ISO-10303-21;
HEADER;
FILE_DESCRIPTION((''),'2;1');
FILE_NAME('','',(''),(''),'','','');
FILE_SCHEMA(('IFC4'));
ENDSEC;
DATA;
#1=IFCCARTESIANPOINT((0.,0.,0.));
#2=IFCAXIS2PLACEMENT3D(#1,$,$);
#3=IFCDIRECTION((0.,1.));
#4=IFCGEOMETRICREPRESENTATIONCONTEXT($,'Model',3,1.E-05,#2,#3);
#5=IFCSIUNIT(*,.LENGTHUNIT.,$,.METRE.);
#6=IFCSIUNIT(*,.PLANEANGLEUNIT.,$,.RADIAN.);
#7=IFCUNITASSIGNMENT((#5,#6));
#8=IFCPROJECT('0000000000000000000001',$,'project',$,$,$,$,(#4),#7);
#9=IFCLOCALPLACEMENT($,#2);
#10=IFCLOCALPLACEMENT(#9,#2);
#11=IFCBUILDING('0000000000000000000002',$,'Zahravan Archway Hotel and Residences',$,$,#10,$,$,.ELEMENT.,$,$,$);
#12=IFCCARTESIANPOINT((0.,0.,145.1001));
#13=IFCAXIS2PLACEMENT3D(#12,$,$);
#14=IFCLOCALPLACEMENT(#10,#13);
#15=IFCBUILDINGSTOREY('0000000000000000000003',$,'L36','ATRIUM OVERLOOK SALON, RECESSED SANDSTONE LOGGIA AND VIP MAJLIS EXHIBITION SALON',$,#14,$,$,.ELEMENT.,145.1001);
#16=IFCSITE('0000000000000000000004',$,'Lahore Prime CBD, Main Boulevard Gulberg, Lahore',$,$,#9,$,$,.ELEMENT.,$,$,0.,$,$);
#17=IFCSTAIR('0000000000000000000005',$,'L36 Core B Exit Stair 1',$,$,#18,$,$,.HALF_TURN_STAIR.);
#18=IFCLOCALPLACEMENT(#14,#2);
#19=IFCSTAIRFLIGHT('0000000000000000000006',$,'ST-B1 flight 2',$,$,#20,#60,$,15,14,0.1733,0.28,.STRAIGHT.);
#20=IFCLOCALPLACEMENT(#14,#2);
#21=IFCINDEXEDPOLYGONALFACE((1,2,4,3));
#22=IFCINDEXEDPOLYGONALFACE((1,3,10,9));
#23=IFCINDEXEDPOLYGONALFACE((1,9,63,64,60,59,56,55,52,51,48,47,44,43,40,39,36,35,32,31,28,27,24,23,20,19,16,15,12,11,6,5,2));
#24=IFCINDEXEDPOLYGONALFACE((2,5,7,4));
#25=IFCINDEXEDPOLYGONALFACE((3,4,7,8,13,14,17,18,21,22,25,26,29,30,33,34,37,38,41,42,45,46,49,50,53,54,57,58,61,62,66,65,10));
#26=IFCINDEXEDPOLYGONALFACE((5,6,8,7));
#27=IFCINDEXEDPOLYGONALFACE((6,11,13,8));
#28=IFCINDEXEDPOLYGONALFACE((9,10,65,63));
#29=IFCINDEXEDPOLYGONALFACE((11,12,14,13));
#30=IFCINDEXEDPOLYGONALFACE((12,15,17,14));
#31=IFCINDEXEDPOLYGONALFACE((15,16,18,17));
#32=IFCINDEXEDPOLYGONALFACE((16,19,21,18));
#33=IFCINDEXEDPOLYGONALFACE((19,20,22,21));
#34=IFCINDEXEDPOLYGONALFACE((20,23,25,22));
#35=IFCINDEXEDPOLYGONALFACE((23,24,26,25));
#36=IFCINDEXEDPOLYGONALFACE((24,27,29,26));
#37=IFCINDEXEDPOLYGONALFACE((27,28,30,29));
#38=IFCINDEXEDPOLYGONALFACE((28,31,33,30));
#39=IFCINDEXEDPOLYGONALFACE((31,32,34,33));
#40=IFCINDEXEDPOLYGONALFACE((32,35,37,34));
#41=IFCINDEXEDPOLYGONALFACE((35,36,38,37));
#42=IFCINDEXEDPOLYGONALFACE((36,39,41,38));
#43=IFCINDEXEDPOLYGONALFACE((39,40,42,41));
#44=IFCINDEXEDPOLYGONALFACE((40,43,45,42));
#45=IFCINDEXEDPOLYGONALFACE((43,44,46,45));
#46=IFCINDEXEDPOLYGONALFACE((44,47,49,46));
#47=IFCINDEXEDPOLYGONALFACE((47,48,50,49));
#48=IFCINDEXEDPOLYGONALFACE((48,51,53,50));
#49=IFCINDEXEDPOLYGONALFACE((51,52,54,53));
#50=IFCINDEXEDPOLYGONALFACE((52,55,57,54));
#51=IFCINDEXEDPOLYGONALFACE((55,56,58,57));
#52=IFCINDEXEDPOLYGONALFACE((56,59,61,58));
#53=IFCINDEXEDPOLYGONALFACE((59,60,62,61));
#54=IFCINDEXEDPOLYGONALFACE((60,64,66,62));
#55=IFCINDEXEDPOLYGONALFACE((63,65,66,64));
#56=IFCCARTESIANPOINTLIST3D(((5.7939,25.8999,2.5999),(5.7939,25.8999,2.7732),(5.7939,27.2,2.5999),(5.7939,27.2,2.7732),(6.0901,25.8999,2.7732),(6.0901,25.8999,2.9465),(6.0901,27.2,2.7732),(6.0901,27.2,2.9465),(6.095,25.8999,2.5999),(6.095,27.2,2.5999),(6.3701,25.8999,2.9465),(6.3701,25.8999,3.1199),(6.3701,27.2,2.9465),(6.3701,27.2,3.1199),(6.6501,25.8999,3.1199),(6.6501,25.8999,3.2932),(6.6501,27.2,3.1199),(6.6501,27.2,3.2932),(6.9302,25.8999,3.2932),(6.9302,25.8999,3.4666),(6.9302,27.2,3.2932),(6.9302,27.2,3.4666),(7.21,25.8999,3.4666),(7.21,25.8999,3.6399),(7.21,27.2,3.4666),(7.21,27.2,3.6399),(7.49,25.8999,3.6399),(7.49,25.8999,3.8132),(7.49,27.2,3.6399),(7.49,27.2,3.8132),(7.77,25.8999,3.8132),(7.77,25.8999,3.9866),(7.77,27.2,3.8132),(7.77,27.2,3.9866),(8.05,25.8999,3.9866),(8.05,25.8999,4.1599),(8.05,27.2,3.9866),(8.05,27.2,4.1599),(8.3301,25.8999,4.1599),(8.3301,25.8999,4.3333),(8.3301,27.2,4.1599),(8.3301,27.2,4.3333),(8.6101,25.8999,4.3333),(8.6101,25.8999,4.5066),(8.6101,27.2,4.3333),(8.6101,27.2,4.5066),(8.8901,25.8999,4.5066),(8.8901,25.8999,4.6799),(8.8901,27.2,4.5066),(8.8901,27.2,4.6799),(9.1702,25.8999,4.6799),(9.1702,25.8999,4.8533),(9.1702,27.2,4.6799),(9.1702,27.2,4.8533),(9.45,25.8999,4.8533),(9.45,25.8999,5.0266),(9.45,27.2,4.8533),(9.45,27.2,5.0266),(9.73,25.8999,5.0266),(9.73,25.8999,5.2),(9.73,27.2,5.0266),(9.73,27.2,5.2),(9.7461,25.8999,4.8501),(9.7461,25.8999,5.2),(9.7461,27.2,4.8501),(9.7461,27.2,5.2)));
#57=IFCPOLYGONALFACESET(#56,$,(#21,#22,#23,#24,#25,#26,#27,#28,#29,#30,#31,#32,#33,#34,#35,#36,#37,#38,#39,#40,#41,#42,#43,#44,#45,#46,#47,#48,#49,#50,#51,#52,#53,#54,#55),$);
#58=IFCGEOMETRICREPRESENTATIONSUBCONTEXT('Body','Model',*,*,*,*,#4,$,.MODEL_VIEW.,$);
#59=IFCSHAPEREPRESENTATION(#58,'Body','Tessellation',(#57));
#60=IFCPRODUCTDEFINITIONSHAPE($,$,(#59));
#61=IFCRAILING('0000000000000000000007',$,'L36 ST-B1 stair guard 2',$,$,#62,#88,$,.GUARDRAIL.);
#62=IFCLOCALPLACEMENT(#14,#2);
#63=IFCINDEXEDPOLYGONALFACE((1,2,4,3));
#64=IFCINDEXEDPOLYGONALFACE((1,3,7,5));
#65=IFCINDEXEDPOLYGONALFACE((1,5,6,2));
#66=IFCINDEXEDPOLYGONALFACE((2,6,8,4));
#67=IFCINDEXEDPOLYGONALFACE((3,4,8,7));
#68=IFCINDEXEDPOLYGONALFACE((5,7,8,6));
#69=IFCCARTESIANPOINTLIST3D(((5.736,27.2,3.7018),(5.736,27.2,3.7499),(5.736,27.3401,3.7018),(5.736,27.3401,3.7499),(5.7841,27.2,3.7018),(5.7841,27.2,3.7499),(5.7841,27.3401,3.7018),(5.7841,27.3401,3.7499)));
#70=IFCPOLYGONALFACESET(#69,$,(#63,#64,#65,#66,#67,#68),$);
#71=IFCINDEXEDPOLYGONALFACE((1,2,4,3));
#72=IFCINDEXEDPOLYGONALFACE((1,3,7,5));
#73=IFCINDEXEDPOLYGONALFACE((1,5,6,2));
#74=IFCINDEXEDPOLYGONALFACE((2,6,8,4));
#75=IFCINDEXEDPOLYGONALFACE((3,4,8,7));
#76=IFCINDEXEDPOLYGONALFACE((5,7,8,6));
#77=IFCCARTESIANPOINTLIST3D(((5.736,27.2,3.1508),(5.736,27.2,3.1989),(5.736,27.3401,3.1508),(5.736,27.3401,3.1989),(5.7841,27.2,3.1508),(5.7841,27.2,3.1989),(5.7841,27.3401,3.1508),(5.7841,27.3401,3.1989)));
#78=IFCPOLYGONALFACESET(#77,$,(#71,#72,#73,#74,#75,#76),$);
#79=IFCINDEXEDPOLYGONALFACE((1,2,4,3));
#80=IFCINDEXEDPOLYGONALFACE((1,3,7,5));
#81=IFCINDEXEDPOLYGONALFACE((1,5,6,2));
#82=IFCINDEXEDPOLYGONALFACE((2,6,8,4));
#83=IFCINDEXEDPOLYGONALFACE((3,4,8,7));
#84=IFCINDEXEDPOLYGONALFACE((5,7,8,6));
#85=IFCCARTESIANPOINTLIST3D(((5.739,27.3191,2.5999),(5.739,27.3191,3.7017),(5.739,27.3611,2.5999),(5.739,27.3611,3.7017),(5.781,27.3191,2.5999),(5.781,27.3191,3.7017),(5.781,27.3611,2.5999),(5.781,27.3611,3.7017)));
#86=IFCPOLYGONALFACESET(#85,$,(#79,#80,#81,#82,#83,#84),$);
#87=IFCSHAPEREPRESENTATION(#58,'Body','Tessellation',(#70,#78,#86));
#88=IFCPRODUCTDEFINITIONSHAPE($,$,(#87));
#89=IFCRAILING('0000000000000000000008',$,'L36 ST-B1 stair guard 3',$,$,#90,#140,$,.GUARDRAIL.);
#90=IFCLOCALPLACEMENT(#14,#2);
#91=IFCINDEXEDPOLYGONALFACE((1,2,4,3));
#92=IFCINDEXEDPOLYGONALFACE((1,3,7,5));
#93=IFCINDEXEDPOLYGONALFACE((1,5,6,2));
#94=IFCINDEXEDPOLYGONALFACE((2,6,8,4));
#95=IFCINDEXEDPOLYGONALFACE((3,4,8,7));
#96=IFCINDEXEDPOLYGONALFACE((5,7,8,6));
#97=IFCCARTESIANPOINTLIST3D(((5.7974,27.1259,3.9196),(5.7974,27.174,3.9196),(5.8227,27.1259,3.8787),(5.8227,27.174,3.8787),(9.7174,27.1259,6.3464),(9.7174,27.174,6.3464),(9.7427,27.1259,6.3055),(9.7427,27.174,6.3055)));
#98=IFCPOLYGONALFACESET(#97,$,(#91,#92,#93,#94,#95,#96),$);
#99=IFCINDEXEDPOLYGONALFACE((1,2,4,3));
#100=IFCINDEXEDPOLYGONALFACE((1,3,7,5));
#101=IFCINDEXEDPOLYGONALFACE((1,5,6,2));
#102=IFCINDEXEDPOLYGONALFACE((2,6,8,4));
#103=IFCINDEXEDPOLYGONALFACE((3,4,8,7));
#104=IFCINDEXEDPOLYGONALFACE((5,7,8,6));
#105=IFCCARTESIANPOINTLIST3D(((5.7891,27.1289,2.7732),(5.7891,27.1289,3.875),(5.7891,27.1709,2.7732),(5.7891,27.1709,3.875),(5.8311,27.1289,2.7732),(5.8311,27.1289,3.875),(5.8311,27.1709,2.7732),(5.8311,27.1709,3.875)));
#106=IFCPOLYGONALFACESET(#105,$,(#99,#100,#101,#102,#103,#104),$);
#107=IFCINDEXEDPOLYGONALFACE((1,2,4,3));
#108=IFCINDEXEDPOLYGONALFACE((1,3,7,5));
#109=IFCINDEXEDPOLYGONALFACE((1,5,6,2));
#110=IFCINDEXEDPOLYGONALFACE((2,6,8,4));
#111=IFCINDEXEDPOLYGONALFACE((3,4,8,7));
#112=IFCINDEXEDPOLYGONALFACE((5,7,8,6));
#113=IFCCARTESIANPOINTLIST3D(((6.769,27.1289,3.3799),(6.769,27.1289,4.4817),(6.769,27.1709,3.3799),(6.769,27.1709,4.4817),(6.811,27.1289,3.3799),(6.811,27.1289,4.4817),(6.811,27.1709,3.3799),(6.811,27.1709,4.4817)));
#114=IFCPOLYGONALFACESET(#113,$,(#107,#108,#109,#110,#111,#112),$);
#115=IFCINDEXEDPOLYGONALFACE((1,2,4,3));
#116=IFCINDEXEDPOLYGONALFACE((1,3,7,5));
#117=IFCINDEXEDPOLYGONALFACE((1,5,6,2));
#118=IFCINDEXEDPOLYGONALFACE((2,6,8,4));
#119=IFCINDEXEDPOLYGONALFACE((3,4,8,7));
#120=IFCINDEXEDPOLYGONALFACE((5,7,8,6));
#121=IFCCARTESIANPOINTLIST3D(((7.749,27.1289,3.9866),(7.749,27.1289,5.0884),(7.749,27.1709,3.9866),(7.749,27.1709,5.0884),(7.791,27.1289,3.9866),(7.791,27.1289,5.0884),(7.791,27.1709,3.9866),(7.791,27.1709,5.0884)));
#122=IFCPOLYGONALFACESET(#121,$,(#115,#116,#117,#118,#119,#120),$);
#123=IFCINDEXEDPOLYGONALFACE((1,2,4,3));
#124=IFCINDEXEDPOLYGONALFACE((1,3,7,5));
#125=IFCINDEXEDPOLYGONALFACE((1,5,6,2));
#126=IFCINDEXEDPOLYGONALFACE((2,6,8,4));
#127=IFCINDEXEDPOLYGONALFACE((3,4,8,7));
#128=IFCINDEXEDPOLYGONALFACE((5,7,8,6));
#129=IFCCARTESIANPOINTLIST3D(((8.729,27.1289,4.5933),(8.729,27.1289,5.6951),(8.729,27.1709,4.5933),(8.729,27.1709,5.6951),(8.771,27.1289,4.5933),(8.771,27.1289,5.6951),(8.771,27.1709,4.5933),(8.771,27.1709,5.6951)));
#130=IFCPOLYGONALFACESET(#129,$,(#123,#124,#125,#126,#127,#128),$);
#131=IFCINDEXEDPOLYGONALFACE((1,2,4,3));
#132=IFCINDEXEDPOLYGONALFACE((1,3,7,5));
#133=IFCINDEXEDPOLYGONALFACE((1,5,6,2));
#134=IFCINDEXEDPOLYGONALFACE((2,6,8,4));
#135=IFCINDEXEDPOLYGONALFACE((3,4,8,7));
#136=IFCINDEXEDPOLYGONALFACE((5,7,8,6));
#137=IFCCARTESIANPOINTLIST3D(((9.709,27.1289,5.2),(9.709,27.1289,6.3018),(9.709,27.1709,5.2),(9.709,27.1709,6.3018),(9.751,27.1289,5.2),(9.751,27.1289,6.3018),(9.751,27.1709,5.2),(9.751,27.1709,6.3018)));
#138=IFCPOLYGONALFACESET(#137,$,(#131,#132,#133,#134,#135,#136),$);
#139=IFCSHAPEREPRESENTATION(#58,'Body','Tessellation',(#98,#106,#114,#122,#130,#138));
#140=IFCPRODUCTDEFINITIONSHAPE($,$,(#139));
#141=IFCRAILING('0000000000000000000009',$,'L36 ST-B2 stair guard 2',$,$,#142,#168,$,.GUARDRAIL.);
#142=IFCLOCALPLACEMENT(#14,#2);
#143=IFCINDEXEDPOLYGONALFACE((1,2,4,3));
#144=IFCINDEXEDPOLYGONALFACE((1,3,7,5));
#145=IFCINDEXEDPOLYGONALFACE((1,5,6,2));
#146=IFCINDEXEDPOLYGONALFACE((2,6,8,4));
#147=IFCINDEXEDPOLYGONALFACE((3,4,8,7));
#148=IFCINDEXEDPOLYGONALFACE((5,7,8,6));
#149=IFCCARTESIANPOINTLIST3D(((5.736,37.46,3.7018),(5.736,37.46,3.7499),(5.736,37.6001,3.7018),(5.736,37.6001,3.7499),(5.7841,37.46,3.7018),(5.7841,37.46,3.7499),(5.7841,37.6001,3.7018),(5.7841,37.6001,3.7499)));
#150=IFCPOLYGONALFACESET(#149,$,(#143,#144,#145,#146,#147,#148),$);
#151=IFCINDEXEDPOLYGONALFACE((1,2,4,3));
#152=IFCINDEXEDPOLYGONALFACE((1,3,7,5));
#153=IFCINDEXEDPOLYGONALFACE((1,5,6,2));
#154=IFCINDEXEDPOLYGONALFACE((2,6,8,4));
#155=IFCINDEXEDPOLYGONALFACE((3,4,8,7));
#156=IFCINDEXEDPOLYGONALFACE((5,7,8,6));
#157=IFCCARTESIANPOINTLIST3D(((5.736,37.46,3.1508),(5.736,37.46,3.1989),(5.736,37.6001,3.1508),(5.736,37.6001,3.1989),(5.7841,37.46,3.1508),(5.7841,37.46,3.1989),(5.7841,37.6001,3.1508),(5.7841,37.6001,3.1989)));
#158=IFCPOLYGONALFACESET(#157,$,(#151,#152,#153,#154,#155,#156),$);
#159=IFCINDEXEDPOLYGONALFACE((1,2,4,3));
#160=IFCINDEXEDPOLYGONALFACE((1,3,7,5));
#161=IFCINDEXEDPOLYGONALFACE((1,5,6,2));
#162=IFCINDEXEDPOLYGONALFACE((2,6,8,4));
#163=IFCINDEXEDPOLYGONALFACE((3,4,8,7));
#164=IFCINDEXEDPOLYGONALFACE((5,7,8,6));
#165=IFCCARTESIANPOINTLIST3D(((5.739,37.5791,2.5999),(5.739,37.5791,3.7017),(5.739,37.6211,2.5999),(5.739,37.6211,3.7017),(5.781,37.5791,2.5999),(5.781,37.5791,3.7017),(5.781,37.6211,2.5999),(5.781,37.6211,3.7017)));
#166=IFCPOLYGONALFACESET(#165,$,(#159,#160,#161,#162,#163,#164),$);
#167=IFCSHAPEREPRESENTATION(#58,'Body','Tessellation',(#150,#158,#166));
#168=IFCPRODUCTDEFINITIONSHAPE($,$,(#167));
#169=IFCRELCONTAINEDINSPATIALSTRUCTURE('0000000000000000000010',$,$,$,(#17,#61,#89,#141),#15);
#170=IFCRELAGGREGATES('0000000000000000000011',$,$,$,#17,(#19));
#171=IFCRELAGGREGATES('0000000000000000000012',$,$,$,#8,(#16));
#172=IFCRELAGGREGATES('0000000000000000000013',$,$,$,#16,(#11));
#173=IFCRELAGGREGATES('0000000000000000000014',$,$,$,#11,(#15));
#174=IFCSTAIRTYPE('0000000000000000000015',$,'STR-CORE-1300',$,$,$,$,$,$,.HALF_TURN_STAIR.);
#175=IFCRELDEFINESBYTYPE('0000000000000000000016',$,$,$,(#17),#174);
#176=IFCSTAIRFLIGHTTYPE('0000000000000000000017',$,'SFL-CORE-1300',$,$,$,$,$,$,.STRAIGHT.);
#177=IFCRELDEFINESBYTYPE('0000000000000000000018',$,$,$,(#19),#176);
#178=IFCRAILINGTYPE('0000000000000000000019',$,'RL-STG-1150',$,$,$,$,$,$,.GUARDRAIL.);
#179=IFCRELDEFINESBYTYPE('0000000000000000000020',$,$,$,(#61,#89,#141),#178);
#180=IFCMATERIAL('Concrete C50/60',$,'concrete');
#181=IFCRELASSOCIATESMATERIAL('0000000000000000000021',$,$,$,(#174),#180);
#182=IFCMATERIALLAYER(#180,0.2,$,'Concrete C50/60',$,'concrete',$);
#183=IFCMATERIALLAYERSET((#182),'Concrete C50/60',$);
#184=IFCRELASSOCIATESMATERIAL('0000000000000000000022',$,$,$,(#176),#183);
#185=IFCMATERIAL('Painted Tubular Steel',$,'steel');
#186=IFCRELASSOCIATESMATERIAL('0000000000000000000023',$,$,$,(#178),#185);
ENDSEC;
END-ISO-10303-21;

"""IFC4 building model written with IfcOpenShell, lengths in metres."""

from ifc_helpers import new_model, si_unit, direction, frame, origin, origin_2d, place, context, subcontext, project, spatial, polyline, rectangle, outline, extrude, source, transform, mapped, material, layer, layer_set, type_object, element, aggregate, save


model = new_model("IFC4")

# Units and contexts
model_context = context("Model", 3, precision=1e-05, world=origin(), true_north=direction((0.0, 1.0)))
body_context = subcontext(model_context, "Body", "Model", "MODEL_VIEW")
ifc_project = project(units=[si_unit("LENGTHUNIT", "METRE"), si_unit("PLANEANGLEUNIT", "RADIAN")], contexts=[model_context])

# Site, building, storey
site_placement = place(None, origin())
site = spatial("IfcSite", under=ifc_project, at=site_placement, Name="Lahore Prime CBD, Main Boulevard Gulberg, Lahore", CompositionType="ELEMENT", RefElevation=0.0)
building_placement = place(site_placement, origin())
building = spatial("IfcBuilding", under=site, at=building_placement, Name="Zahravan Archway Hotel and Residences", CompositionType="ELEMENT")
storey_placement = place(building_placement, frame((0.0, 0.0, 145.1001)))
storey = spatial("IfcBuildingStorey", under=building, at=storey_placement, Name="L36", Description="ATRIUM OVERLOOK SALON, RECESSED SANDSTONE LOGGIA AND VIP MAJLIS EXHIBITION SALON", CompositionType="ELEMENT", Elevation=145.1001)

# Shared definitions
ifc_material_1 = material(Name="Concrete C50/60", Category="concrete")

# Stair, stair flight
stair_type = type_object("IfcStairType", Name="STR-CORE-1300", PredefinedType="HALF_TURN_STAIR", material=ifc_material_1)
stair_placement = place(storey_placement, origin())
stair = element("IfcStair", 1, at=stair_placement, inside=storey, type_object=stair_type, Name="L36 Core B Exit Stair 1", PredefinedType="HALF_TURN_STAIR")
ifc_layer_1 = layer(ifc_material_1, 0.2, Name="Concrete C50/60", Category="concrete")
ifc_layer_set_1 = layer_set([ifc_layer_1], Name="Concrete C50/60")
stair_flight_type = type_object("IfcStairFlightType", Name="SFL-CORE-1300", PredefinedType="STRAIGHT", material=ifc_layer_set_1)
shared_shape_1 = source(origin(), body_context, "Body", "SweptSolid", [
    extrude(outline(polyline([(-0.0161, 0.0), (-0.0161, 0.1733), (0.28, 0.1733), (0.28, 0.3467), (0.5601, 0.3467), (0.5601, 0.52), (0.8401, 0.52), (0.8401, 0.6934), (1.1201, 0.6934), (1.1201, 0.8667), (1.3999, 0.8667), (1.3999, 1.04), (1.6799, 1.04), (1.6799, 1.2134), (1.96, 1.2134), (1.96, 1.3867), (2.24, 1.3867), (2.24, 1.5601), (2.52, 1.5601), (2.52, 1.7334), (2.8, 1.7334), (2.8, 1.9067), (3.0801, 1.9067), (3.0801, 2.0801), (3.3601, 2.0801), (3.3601, 2.2534), (3.6399, 2.2534), (3.6399, 2.4268), (3.9199, 2.4268), (3.9199, 2.6001), (3.936, 2.6001), (3.936, 2.2502), (0.2849, 0.0), (-0.0161, 0.0)])), frame((0.0, 0.6499, 0.0), z_axis=(0.0, -1.0, 0.0), x_axis=(1.0, 0.0, 0.0)), (0.0, 0.0, 1.0), 1.3),
])
stair_flight_placement = place(storey_placement, frame((5.8101, 26.55, 2.5999), z_axis=(0.0, 0.0, 1.0), x_axis=(1.0, 0.0, 0.0)))
stair_flight = element("IfcStairFlight", 2, at=stair_flight_placement, type_object=stair_flight_type, Name="ST-B1 flight 2", NumberOfRisers=15, NumberOfTreads=14, PredefinedType="STRAIGHT", RiserHeight=0.1733, TreadLength=0.28, context=body_context, shape_type="MappedRepresentation", body=[
    mapped(shared_shape_1, transform((0.0, 0.0, 0.0), scale=1.0)),
])
aggregate(stair, [stair_flight])

# Railings
ifc_material_2 = material(Name="Painted Tubular Steel", Category="steel")
railing_type_1 = type_object("IfcRailingType", Name="RL-STG-1150", PredefinedType="GUARDRAIL", material=ifc_material_2)
railing_1_placement = place(storey_placement, frame((5.76, 27.3401, 2.5999)))
element("IfcRailing", 3, at=railing_1_placement, inside=storey, type_object=railing_type_1, Name="L36 ST-B1 stair guard 2", PredefinedType="GUARDRAIL", context=body_context, shape_type="SweptSolid", body=[
    extrude(rectangle(XDim=0.0481, YDim=0.0481, at=origin_2d()), frame((0.0, 0.0, 1.126), z_axis=(0.0, -1.0, 0.0), x_axis=(1.0, 0.0, 0.0)), (0.0, 0.0, 1.0), 0.1401),
    extrude(rectangle(XDim=0.0481, YDim=0.0481, at=origin_2d()), frame((0.0, 0.0, 0.575), z_axis=(0.0, -1.0, 0.0), x_axis=(1.0, 0.0, 0.0)), (0.0, 0.0, 1.0), 0.1401),
    extrude(rectangle(XDim=0.042, YDim=0.042, at=origin_2d()), origin(), (0.0, 0.0, 1.0), 1.1018),
])
railing_2_placement = place(storey_placement, frame((5.8101, 27.1499, 2.7732)))
element("IfcRailing", 4, at=railing_2_placement, inside=storey, type_object=railing_type_1, Name="L36 ST-B1 stair guard 3", PredefinedType="GUARDRAIL", context=body_context, shape_type="SweptSolid", body=[
    extrude(rectangle(XDim=0.0481, YDim=0.0481, at=origin_2d()), frame((0.0, 0.0, 1.126), z_axis=(0.850252, 0.0, 0.526376), x_axis=(0.0, 1.0, 0.0)), (0.0, 0.0, 1.0), 4.6104),
    extrude(rectangle(XDim=0.042, YDim=0.042, at=origin_2d()), origin(), (0.0, 0.0, 1.0), 1.1018),
    extrude(rectangle(XDim=0.042, YDim=0.042, at=origin_2d()), frame((0.98, 0.0, 0.6067)), (0.0, 0.0, 1.0), 1.1018),
    extrude(rectangle(XDim=0.042, YDim=0.042, at=origin_2d()), frame((1.96, 0.0, 1.2134)), (0.0, 0.0, 1.0), 1.1018),
    extrude(rectangle(XDim=0.042, YDim=0.042, at=origin_2d()), frame((2.9399, 0.0, 1.8201)), (0.0, 0.0, 1.0), 1.1018),
    extrude(rectangle(XDim=0.042, YDim=0.042, at=origin_2d()), frame((3.9199, 0.0, 2.4268)), (0.0, 0.0, 1.0), 1.1018),
])
railing_3_placement = place(storey_placement, frame((5.76, 37.6001, 2.5999)))
element("IfcRailing", 5, at=railing_3_placement, inside=storey, type_object=railing_type_1, Name="L36 ST-B2 stair guard 2", PredefinedType="GUARDRAIL", context=body_context, shape_type="SweptSolid", body=[
    extrude(rectangle(XDim=0.0481, YDim=0.0481, at=origin_2d()), frame((0.0, 0.0, 1.126), z_axis=(0.0, -1.0, 0.0), x_axis=(1.0, 0.0, 0.0)), (0.0, 0.0, 1.0), 0.1401),
    extrude(rectangle(XDim=0.0481, YDim=0.0481, at=origin_2d()), frame((0.0, 0.0, 0.575), z_axis=(0.0, -1.0, 0.0), x_axis=(1.0, 0.0, 0.0)), (0.0, 0.0, 1.0), 0.1401),
    extrude(rectangle(XDim=0.042, YDim=0.042, at=origin_2d()), origin(), (0.0, 0.0, 1.0), 1.1018),
])

save(model, "model.ifc")
